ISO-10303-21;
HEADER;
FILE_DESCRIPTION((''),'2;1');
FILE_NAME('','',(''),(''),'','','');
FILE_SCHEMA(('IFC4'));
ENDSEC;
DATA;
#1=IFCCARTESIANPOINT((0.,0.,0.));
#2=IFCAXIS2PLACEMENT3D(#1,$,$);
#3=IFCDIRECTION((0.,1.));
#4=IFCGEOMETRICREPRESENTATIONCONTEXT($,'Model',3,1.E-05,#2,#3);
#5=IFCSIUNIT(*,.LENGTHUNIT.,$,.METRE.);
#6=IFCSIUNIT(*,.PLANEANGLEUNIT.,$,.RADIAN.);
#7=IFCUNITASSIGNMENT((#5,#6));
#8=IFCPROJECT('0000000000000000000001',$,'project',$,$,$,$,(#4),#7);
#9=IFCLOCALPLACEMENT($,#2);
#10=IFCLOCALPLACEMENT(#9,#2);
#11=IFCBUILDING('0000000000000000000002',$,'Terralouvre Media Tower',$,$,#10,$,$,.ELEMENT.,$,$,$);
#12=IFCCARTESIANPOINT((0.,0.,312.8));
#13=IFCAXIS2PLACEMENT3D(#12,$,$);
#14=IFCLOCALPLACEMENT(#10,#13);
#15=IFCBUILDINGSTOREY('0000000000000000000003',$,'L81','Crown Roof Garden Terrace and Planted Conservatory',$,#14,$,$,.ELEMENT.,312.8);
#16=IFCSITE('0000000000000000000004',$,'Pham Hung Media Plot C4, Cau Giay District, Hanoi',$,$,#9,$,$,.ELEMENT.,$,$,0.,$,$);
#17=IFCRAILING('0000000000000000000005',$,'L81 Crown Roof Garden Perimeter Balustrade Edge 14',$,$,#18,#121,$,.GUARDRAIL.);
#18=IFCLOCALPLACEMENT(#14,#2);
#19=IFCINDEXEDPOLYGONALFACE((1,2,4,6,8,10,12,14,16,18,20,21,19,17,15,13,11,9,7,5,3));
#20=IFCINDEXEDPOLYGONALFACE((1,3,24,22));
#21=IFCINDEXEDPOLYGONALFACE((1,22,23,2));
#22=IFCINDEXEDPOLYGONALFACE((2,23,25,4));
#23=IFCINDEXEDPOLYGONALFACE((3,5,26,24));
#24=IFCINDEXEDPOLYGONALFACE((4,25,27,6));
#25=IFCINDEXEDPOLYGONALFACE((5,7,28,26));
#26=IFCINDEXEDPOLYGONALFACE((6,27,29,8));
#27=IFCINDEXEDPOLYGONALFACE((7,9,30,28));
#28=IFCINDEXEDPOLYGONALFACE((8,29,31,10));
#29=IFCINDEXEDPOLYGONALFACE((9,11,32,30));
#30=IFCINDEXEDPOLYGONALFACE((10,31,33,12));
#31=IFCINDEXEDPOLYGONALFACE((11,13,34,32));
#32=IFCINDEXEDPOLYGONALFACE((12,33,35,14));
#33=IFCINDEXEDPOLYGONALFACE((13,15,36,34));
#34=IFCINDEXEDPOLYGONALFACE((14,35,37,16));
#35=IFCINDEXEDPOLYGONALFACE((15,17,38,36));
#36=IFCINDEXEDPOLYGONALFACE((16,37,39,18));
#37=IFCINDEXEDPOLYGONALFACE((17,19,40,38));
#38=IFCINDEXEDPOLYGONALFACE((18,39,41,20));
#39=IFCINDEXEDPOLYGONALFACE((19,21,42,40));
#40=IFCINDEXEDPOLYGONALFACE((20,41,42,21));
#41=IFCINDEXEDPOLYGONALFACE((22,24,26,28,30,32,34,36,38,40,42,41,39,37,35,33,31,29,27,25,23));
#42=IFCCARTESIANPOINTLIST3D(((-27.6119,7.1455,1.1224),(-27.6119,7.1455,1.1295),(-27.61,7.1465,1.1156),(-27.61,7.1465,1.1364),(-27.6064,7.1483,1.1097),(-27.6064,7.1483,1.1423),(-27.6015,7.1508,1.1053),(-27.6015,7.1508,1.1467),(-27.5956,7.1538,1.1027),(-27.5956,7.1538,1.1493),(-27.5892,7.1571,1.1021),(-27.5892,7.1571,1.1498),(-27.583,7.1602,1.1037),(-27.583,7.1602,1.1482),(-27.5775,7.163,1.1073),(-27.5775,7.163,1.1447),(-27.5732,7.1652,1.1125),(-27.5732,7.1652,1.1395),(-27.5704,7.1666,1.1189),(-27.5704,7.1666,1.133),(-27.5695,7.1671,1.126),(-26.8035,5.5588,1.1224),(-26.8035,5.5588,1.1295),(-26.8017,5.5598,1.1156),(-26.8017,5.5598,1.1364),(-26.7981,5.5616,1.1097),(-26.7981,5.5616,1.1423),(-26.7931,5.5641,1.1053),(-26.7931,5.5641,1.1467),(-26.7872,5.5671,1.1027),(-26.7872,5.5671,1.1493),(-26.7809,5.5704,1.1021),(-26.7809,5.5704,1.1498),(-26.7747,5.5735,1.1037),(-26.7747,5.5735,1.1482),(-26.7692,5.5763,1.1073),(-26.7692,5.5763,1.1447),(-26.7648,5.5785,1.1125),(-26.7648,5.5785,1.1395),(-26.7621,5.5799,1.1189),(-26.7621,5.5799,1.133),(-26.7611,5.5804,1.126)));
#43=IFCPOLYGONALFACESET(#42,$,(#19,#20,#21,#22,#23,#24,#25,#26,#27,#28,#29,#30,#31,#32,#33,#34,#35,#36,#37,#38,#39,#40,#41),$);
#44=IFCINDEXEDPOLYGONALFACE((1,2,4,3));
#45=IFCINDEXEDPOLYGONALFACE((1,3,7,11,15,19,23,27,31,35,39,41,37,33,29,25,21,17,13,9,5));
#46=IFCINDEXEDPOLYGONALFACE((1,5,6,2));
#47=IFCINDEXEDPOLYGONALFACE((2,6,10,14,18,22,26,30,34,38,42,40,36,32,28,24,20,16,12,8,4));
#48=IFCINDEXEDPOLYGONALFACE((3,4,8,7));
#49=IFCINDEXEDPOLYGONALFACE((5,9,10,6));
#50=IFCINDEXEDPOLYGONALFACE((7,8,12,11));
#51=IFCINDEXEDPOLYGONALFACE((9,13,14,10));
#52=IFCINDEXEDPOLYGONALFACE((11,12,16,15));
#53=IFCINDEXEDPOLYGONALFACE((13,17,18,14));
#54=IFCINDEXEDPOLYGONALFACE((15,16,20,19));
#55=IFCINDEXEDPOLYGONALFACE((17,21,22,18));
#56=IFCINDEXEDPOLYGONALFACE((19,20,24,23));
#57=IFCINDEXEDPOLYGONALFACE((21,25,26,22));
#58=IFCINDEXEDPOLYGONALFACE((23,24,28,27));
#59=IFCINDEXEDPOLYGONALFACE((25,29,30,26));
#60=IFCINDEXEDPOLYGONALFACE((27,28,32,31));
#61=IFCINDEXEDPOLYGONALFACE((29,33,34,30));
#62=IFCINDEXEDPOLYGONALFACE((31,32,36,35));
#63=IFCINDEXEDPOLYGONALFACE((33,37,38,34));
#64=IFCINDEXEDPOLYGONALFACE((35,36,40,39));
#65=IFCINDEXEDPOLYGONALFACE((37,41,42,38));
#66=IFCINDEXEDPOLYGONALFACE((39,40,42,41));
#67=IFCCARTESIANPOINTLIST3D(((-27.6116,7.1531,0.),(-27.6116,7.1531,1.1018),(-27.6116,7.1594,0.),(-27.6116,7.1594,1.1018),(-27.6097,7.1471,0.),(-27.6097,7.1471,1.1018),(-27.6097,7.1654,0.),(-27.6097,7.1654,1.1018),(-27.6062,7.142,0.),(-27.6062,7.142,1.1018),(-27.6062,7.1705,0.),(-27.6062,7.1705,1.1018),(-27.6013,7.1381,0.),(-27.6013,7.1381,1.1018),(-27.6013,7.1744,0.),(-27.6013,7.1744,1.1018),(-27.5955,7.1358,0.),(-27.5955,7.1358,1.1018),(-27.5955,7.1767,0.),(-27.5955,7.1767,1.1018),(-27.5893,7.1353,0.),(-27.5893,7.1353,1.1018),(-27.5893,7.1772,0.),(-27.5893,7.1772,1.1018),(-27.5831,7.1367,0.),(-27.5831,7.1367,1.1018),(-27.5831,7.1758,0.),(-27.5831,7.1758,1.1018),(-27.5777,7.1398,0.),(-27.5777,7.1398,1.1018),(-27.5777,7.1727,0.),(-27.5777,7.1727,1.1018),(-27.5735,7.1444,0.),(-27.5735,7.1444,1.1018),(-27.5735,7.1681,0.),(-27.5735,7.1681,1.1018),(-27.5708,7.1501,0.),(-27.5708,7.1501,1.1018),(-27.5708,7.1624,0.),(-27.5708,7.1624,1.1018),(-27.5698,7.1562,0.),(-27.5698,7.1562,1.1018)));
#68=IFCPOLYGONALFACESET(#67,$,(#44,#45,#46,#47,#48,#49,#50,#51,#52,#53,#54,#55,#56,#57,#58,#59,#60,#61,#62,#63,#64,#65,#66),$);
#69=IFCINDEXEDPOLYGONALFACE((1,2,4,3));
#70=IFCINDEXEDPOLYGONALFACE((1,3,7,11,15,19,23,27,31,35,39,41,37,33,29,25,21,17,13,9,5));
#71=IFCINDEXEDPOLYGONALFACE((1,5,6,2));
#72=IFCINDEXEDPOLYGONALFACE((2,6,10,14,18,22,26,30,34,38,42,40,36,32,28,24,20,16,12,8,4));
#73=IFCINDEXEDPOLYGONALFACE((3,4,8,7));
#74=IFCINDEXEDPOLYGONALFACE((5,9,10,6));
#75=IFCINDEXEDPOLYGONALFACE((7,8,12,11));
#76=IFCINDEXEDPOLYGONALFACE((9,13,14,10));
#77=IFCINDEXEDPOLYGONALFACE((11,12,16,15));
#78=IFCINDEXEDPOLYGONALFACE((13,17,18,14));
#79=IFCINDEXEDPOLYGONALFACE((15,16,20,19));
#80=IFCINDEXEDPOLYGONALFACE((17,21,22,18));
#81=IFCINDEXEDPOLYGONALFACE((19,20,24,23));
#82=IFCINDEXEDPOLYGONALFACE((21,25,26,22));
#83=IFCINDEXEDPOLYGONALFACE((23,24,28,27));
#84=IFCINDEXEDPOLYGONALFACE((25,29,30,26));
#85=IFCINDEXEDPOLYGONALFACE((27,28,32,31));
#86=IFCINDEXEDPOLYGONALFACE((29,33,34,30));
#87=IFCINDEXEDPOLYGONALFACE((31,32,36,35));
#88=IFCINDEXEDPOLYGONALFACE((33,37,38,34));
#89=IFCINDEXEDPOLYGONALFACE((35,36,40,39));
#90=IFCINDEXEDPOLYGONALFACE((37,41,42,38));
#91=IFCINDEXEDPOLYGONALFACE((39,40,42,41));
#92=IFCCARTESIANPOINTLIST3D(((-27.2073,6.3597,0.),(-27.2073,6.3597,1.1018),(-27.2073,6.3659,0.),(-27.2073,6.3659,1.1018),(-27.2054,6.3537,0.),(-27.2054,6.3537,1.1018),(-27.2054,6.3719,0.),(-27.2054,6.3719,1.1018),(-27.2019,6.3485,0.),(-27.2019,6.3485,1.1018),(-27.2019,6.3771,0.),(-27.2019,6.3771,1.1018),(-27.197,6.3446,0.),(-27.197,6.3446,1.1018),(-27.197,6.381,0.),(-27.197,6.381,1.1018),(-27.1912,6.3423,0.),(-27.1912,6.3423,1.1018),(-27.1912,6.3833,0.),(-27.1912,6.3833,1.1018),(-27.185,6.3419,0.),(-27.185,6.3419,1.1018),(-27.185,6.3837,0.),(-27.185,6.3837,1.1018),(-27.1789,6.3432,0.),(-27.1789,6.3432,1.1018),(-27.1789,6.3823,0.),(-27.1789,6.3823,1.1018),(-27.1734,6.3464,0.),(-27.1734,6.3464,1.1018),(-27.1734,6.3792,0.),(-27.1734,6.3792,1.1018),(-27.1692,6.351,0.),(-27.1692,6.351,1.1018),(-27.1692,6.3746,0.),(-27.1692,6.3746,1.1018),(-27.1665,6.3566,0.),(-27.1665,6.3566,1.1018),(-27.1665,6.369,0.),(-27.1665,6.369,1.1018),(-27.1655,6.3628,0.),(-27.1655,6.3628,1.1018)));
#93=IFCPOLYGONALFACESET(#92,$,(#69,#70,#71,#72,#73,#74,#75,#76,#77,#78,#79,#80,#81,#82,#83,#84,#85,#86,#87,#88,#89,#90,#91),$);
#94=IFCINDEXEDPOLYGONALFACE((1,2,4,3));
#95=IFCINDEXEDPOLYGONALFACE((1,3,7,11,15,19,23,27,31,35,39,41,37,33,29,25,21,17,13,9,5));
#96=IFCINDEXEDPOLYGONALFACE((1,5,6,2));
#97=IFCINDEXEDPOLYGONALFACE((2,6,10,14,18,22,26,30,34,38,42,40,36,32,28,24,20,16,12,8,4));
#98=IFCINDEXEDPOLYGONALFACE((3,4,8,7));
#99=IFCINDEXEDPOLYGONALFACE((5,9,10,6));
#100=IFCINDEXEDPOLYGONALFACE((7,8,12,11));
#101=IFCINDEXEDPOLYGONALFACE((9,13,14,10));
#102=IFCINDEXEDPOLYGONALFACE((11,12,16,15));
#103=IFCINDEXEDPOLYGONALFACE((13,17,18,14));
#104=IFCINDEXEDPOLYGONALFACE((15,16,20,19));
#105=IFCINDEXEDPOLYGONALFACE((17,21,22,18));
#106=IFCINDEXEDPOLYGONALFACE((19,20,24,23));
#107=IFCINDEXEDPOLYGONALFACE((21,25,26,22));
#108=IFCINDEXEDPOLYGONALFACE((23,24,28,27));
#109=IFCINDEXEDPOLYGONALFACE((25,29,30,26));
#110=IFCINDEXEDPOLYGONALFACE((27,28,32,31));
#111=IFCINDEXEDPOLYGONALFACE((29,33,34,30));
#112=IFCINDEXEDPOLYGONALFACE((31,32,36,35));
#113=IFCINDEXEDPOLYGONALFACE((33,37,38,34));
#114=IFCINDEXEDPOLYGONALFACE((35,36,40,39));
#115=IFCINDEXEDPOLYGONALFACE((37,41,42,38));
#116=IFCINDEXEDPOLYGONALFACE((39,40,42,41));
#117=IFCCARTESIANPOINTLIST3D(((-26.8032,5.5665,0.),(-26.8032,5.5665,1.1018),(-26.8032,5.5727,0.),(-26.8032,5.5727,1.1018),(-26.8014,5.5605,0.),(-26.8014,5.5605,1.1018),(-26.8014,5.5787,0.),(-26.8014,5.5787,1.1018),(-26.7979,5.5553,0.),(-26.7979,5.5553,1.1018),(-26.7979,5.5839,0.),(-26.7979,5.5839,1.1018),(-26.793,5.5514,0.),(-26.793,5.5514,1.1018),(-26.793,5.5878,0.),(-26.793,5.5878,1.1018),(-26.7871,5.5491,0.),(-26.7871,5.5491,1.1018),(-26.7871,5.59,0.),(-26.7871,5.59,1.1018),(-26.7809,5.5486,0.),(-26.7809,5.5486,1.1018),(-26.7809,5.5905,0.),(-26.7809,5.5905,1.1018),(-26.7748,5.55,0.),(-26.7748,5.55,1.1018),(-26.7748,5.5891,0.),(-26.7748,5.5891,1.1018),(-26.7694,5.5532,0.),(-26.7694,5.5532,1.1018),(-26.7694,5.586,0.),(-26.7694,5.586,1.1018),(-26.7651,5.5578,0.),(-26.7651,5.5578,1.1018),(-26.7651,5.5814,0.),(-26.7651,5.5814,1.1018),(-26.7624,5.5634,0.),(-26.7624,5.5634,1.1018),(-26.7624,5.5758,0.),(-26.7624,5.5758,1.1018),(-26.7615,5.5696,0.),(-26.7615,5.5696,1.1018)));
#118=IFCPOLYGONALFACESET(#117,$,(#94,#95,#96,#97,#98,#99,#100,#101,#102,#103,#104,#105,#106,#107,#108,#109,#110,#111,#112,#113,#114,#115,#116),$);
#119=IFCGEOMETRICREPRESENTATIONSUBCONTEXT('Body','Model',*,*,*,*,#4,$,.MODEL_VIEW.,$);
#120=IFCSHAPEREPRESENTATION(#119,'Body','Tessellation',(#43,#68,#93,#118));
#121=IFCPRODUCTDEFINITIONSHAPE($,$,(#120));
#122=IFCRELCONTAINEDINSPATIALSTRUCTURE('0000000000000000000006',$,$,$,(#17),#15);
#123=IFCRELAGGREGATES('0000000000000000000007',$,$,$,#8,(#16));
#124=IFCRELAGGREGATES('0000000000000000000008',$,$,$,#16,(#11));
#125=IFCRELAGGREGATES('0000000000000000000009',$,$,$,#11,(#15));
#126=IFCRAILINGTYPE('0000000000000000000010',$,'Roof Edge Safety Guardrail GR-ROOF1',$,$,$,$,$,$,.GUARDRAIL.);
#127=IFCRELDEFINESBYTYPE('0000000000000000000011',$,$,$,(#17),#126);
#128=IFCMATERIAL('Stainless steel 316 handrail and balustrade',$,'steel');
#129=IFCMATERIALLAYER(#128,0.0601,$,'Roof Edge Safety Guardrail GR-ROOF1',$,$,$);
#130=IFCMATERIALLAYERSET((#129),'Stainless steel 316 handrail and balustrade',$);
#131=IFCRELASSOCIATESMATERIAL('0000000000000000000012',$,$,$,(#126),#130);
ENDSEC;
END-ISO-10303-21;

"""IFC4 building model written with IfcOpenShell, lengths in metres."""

from ifc_helpers import new_model, si_unit, direction, frame, origin, origin_2d, place, context, subcontext, project, spatial, circle, extrude, material, layer, layer_set, type_object, element, save


model = new_model("IFC4")

# Units and contexts
model_context = context("Model", 3, precision=1e-05, world=origin(), true_north=direction((0.0, 1.0)))
body_context = subcontext(model_context, "Body", "Model", "MODEL_VIEW")
ifc_project = project(units=[si_unit("LENGTHUNIT", "METRE"), si_unit("PLANEANGLEUNIT", "RADIAN")], contexts=[model_context])

# Site, building, storey
site_placement = place(None, origin())
site = spatial("IfcSite", under=ifc_project, at=site_placement, Name="Pham Hung Media Plot C4, Cau Giay District, Hanoi", CompositionType="ELEMENT", RefElevation=0.0)
building_placement = place(site_placement, origin())
building = spatial("IfcBuilding", under=site, at=building_placement, Name="Terralouvre Media Tower", CompositionType="ELEMENT")
storey_placement = place(building_placement, frame((0.0, 0.0, 312.8)))
storey = spatial("IfcBuildingStorey", under=building, at=storey_placement, Name="L81", Description="Crown Roof Garden Terrace and Planted Conservatory", CompositionType="ELEMENT", Elevation=312.8)

# Railing
ifc_material_1 = material(Name="Stainless steel 316 handrail and balustrade", Category="steel")
ifc_layer_1 = layer(ifc_material_1, 0.0601, Name="Roof Edge Safety Guardrail GR-ROOF1")
ifc_layer_set_1 = layer_set([ifc_layer_1], Name="Stainless steel 316 handrail and balustrade")
railing_type = type_object("IfcRailingType", Name="Roof Edge Safety Guardrail GR-ROOF1", PredefinedType="GUARDRAIL", material=ifc_layer_set_1)
railing_1_placement = place(storey_placement, frame((-27.5908, 7.1562, 0.0)))
element("IfcRailing", 1, at=railing_1_placement, inside=storey, type_object=railing_type, Name="L81 Crown Roof Garden Perimeter Balustrade Edge 14", PredefinedType="GUARDRAIL", context=body_context, shape_type="SweptSolid", body=[
    extrude(circle(Radius=0.0239, at=origin_2d()), frame((0.0, 0.0, 1.126), z_axis=(0.453946, -0.891029, 0.0), x_axis=(0.891029, 0.453946, 0.0)), (0.0, 0.0, 1.0), 1.7808),
    extrude(circle(Radius=0.021, at=origin_2d()), origin(), (0.0, 0.0, 1.0), 1.1018),
    extrude(circle(Radius=0.021, at=origin_2d()), frame((0.4043, -0.7935, 0.0)), (0.0, 0.0, 1.0), 1.1018),
    extrude(circle(Radius=0.021, at=origin_2d()), frame((0.8083, -1.5867, 0.0)), (0.0, 0.0, 1.0), 1.1018),
])

save(model, "model.ifc")
